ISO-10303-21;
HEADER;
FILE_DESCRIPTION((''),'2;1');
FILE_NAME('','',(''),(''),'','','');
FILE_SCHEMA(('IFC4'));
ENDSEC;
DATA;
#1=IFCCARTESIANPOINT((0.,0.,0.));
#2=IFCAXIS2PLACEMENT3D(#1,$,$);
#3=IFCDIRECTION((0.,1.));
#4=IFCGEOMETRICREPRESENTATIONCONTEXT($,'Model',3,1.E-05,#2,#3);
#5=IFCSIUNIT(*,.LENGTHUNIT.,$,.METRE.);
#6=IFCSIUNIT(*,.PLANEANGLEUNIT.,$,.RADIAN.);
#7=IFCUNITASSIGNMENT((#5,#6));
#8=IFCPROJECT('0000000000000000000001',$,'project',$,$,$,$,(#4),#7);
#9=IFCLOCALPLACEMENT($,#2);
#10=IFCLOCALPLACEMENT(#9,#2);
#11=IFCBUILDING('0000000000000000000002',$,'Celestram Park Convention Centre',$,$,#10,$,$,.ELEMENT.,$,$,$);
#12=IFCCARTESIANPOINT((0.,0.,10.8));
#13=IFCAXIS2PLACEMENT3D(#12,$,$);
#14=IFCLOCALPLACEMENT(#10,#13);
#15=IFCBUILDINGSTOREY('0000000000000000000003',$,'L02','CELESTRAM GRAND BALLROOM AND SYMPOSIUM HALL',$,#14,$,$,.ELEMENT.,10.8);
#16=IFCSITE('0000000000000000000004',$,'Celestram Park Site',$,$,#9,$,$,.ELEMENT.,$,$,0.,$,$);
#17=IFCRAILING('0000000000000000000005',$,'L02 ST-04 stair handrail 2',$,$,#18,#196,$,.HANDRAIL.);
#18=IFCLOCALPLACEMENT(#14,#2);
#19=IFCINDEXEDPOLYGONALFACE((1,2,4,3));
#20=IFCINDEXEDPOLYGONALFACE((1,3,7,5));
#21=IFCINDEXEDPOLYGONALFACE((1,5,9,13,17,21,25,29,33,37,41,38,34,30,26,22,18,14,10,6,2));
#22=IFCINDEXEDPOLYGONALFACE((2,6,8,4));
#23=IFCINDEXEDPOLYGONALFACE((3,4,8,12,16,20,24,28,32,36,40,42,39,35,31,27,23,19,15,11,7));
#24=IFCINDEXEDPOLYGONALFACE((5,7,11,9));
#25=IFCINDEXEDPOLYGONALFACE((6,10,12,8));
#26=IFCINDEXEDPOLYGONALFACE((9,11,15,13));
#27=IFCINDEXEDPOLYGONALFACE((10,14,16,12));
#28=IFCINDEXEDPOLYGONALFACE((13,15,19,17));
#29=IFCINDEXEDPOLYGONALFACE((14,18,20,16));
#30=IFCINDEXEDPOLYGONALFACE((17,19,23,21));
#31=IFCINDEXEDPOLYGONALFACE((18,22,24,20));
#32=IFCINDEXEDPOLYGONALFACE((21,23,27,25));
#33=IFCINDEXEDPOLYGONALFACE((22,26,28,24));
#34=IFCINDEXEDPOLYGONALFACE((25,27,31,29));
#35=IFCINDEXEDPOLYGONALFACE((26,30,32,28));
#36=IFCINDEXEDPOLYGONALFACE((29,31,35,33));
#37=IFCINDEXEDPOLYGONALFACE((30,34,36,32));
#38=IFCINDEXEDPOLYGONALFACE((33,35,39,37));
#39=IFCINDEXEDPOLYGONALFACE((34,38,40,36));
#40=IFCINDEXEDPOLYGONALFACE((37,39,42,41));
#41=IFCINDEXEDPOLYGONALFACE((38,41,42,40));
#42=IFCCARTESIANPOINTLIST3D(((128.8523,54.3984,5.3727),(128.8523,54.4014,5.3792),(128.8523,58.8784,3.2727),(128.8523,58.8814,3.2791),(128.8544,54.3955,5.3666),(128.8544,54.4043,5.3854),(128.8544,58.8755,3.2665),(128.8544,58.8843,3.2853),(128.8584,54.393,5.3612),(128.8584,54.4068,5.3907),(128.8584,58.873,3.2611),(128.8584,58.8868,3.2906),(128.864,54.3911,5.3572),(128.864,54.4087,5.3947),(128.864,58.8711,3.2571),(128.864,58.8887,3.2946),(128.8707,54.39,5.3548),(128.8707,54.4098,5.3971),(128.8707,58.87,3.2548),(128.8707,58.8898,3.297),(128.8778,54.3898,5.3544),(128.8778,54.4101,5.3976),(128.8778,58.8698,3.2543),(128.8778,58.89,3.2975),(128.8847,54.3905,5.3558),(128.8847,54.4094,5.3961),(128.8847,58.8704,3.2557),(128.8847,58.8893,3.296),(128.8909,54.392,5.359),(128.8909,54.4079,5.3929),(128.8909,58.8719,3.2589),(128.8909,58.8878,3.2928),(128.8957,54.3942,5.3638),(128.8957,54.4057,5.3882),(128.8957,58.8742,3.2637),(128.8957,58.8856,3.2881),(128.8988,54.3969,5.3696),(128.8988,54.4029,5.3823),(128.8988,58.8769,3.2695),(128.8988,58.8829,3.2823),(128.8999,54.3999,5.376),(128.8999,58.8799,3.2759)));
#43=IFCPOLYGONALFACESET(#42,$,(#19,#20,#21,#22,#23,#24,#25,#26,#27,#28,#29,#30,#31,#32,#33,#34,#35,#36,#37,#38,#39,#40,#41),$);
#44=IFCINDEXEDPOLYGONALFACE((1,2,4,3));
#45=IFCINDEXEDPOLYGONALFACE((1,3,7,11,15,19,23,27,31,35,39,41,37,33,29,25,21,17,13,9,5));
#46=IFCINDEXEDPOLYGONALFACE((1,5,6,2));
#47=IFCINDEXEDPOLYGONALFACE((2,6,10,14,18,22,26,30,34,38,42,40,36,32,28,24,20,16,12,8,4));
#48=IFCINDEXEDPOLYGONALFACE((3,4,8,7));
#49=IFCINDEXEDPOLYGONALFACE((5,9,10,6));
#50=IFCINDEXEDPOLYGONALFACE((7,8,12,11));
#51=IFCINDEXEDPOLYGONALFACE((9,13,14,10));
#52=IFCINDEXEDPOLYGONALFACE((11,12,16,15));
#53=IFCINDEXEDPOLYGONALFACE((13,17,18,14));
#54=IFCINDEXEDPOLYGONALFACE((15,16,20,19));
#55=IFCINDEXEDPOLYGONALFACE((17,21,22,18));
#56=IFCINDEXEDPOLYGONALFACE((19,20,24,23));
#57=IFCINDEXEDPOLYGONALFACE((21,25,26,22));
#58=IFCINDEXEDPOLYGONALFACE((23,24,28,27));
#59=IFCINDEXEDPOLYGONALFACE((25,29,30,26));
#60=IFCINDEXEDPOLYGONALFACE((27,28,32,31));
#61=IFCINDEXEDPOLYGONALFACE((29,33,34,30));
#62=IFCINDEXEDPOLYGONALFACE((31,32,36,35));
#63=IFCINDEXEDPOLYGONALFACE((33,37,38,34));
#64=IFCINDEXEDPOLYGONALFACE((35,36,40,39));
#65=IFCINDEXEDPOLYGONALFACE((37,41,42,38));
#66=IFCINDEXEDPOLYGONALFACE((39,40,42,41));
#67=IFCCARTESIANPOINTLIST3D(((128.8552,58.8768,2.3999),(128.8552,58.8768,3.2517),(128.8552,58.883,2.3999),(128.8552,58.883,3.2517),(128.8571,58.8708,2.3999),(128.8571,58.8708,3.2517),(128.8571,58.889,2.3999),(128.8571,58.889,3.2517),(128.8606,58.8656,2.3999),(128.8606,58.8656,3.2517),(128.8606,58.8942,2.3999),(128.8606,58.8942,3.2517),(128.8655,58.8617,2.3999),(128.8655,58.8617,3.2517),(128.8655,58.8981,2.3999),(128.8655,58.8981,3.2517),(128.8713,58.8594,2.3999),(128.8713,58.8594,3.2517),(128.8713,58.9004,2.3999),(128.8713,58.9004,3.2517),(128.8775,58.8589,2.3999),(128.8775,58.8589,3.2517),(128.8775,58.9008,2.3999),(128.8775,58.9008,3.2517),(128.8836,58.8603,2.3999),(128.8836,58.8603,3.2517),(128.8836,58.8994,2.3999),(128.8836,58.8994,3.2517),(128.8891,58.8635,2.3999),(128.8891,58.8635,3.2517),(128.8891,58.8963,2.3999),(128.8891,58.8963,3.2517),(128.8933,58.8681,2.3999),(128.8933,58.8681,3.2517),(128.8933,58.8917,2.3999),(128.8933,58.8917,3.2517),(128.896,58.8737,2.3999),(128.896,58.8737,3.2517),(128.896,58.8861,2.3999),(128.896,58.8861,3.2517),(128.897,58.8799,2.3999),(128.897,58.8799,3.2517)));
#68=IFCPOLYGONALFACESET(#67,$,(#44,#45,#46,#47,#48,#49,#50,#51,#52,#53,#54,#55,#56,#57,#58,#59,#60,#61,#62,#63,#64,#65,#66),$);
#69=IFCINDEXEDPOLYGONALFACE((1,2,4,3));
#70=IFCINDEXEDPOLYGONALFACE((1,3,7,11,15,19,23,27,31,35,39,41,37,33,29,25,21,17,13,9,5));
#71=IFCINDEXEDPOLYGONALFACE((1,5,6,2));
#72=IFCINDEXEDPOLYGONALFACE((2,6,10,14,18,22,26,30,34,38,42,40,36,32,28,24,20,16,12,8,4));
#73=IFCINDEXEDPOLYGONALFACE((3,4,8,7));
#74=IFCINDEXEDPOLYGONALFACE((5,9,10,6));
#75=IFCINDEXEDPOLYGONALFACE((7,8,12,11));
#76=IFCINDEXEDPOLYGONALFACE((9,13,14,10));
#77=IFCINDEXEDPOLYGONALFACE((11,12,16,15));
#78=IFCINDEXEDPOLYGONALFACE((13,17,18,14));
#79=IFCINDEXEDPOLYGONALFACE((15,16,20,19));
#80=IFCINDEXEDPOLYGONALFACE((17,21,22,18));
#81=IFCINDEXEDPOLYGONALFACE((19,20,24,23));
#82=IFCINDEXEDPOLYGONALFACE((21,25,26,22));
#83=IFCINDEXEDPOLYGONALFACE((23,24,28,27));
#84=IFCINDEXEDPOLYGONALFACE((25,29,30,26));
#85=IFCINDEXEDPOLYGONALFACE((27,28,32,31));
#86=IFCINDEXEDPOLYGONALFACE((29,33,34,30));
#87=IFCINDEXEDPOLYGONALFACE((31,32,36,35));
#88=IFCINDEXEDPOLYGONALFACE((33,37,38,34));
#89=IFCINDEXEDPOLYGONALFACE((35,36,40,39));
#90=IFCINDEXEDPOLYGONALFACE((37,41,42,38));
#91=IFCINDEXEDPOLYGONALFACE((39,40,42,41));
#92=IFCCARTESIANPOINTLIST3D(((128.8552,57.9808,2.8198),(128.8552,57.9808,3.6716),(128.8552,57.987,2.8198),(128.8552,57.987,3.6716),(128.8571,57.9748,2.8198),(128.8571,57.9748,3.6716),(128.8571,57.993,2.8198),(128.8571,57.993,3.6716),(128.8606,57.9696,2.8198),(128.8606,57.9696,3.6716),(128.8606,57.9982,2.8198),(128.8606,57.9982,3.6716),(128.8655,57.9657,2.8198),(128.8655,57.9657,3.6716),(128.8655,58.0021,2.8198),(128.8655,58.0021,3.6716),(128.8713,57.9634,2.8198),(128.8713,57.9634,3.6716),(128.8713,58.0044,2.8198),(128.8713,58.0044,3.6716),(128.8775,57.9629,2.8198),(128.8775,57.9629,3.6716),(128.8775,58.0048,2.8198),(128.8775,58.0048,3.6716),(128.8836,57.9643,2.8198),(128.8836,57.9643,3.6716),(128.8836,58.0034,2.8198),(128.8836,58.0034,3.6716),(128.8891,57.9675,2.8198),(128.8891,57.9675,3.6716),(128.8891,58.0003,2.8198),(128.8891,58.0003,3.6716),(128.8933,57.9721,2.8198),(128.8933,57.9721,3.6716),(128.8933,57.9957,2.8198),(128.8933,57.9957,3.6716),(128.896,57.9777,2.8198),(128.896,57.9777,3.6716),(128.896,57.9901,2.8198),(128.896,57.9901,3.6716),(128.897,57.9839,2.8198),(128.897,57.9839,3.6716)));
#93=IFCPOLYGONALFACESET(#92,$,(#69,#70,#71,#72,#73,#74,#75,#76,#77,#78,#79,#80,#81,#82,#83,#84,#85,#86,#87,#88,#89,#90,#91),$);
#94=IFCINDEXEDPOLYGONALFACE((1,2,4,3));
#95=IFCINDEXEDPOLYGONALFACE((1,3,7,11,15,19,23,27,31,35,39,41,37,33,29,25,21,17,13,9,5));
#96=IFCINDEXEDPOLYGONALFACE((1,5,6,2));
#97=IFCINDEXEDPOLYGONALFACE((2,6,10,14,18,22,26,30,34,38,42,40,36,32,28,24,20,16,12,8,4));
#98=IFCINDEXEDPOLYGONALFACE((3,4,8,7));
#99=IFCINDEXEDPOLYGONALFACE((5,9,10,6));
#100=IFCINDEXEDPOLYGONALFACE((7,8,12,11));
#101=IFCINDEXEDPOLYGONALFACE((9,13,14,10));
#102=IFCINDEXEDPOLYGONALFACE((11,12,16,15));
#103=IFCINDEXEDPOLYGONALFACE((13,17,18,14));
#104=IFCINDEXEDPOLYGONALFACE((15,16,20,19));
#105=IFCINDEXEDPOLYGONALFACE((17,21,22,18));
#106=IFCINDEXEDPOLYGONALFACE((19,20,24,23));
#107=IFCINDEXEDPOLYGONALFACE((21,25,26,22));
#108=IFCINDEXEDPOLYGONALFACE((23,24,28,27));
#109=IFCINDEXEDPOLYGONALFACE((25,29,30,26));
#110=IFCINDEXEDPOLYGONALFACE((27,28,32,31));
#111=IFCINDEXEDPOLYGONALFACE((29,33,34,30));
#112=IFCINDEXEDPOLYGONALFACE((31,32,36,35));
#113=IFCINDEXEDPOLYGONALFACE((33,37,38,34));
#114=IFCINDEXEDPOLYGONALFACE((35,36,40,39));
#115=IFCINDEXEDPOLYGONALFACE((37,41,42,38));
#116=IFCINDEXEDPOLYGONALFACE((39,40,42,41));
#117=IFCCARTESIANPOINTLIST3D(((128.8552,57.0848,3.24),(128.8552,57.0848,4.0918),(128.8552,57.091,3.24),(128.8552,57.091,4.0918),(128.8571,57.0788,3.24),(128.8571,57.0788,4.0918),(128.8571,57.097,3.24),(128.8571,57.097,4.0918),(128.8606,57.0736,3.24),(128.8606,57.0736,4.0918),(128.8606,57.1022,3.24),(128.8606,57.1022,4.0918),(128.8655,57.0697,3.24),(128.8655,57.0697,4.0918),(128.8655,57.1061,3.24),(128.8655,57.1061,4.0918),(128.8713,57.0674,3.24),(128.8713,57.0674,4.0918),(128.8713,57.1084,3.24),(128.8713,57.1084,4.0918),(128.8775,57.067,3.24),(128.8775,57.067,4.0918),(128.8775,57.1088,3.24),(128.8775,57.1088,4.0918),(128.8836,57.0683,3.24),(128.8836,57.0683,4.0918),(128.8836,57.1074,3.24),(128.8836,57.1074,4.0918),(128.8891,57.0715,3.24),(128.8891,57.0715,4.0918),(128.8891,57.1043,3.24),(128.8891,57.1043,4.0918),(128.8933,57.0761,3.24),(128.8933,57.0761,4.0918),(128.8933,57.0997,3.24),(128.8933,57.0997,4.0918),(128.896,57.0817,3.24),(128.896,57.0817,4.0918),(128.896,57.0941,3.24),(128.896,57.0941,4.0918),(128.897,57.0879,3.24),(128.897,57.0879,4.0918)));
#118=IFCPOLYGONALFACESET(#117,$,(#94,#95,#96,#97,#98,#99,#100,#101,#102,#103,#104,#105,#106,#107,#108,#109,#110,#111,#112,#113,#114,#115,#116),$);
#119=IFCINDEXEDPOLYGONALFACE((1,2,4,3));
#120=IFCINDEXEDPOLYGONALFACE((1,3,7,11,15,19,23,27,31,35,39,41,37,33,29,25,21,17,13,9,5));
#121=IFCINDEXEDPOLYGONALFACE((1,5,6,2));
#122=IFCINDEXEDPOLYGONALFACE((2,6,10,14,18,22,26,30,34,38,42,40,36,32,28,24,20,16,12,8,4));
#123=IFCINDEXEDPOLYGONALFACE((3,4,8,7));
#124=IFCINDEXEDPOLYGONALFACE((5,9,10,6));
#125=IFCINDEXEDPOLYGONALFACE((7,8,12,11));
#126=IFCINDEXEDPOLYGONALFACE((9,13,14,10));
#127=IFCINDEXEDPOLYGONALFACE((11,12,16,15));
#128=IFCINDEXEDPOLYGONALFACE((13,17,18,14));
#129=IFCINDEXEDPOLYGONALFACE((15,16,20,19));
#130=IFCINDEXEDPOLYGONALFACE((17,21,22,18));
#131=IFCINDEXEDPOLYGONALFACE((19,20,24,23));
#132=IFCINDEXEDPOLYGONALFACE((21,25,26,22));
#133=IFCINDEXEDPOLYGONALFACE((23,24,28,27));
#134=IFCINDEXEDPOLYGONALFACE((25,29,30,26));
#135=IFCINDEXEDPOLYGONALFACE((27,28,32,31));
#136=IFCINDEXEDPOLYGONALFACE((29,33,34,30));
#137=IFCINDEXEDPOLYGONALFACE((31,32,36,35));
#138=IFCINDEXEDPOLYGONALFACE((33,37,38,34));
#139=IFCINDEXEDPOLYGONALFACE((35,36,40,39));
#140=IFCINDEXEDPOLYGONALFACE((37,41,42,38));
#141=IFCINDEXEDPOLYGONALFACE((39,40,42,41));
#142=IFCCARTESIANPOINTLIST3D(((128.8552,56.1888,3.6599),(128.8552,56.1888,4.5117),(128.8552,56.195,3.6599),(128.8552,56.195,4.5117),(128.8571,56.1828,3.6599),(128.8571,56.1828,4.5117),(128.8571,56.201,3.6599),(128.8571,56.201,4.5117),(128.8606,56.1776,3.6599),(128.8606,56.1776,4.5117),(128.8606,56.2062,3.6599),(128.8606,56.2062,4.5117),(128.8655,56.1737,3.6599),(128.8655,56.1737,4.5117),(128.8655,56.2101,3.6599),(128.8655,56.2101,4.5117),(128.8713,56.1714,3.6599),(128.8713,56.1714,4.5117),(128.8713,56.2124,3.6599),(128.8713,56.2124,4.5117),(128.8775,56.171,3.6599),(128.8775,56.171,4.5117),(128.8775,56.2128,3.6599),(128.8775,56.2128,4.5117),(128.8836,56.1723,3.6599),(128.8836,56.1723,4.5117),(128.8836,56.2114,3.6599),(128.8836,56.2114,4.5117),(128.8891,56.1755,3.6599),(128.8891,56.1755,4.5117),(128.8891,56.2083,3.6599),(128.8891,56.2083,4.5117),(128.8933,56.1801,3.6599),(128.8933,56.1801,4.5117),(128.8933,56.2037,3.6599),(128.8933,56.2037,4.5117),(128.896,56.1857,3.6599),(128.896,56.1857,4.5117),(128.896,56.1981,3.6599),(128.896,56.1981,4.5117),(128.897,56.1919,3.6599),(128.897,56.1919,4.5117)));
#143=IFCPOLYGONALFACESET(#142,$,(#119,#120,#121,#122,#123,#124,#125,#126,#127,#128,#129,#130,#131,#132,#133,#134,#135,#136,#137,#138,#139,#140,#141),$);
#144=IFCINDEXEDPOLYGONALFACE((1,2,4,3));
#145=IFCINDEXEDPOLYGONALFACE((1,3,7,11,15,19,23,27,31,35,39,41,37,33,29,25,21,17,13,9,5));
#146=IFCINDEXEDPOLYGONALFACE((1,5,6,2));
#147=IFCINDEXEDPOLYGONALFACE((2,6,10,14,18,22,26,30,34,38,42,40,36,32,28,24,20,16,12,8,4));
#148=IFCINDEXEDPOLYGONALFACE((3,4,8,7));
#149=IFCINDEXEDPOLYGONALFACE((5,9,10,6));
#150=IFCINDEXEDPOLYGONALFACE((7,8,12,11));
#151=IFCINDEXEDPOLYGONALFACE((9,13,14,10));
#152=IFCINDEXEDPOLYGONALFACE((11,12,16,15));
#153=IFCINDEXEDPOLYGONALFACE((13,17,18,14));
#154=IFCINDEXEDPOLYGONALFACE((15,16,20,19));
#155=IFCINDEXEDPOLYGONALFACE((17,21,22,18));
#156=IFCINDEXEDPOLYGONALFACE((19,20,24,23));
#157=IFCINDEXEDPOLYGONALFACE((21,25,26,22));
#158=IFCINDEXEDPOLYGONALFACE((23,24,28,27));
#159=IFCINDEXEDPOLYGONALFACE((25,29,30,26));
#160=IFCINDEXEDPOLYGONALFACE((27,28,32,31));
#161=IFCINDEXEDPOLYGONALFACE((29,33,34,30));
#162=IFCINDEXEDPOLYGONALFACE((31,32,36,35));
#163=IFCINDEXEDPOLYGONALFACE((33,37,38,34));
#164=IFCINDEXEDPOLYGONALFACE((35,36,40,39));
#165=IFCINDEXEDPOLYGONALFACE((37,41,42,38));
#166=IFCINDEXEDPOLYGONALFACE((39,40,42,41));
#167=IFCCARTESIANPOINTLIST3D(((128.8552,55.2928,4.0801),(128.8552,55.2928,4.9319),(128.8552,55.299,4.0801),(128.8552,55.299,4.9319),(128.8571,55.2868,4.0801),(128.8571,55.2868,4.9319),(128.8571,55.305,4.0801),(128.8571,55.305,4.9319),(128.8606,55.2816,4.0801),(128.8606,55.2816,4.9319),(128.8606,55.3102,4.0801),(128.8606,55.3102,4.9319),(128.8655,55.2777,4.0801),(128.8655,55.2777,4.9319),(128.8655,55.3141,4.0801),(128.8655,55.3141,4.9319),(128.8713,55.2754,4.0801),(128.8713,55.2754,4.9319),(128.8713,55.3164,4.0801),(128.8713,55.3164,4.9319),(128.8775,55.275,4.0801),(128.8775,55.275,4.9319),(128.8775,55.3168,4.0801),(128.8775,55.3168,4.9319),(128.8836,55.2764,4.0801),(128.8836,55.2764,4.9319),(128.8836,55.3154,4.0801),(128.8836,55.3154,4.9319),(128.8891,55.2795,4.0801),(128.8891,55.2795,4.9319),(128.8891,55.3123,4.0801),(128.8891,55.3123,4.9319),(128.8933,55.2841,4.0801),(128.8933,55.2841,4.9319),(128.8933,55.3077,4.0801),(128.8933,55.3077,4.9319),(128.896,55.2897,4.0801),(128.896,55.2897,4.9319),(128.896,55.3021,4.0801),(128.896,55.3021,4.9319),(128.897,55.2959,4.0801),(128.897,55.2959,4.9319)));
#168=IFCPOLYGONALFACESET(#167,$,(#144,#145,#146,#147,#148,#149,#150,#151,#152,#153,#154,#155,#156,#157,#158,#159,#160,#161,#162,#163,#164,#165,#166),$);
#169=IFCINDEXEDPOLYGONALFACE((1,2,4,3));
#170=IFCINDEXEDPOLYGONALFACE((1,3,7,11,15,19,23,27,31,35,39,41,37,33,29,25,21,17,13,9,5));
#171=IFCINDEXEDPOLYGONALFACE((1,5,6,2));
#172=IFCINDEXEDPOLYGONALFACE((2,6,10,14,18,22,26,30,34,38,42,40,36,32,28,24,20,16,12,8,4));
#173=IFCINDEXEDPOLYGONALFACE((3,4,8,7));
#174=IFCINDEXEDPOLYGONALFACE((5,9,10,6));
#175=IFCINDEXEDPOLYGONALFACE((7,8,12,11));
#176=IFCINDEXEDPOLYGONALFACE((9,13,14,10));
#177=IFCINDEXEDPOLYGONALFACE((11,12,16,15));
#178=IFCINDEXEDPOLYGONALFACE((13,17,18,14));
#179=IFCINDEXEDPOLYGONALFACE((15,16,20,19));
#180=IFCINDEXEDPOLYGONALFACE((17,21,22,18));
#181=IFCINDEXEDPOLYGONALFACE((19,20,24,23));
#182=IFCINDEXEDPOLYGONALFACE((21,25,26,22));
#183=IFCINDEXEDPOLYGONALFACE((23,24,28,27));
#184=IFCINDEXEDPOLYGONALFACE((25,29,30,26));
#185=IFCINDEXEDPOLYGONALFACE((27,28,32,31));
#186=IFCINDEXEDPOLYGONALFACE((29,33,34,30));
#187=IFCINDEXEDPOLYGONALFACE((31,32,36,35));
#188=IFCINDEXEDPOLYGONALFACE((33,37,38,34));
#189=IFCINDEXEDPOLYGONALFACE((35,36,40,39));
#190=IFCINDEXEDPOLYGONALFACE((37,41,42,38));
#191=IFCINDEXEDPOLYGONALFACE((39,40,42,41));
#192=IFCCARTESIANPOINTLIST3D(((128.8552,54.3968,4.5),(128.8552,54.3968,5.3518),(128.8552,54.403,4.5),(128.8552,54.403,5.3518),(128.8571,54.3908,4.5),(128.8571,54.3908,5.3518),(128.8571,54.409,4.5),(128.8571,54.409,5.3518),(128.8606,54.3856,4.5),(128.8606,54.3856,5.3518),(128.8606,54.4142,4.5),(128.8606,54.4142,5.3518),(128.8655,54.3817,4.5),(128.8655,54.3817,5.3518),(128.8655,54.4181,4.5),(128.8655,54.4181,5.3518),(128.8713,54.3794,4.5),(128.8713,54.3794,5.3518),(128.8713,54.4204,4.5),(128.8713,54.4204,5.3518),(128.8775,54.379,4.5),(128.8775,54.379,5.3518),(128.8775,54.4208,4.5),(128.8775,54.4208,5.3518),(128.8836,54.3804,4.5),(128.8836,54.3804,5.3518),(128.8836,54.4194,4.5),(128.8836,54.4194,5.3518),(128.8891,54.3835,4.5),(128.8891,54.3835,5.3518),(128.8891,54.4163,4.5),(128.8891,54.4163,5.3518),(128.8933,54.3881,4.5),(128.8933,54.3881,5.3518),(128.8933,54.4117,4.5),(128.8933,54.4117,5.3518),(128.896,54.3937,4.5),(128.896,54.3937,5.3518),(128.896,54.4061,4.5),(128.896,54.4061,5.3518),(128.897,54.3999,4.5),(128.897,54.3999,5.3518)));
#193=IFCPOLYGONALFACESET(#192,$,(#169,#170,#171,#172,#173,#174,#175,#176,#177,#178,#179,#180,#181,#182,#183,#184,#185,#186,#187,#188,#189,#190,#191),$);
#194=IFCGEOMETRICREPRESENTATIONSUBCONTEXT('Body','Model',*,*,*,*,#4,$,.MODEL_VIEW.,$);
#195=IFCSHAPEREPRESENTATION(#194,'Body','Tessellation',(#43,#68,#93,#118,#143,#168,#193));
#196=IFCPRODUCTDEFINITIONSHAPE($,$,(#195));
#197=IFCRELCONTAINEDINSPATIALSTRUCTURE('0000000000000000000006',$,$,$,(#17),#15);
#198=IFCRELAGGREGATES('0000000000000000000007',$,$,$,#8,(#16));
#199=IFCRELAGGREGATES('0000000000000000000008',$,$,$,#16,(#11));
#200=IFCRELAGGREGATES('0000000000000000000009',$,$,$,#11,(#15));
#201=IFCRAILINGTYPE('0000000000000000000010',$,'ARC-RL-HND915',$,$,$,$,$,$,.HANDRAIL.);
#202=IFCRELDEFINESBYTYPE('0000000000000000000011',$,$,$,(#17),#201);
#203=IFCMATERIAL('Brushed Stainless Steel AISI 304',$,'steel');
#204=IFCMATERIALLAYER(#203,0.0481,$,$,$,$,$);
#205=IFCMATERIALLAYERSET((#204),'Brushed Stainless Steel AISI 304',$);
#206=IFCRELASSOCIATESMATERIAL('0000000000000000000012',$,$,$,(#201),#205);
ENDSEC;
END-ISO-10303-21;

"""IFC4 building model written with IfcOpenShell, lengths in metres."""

from ifc_helpers import new_model, si_unit, direction, frame, origin, origin_2d, place, context, subcontext, project, spatial, circle, extrude, material, layer, layer_set, type_object, element, save


model = new_model("IFC4")

# Units and contexts
model_context = context("Model", 3, precision=1e-05, world=origin(), true_north=direction((0.0, 1.0)))
body_context = subcontext(model_context, "Body", "Model", "MODEL_VIEW")
ifc_project = project(units=[si_unit("LENGTHUNIT", "METRE"), si_unit("PLANEANGLEUNIT", "RADIAN")], contexts=[model_context])

# Site, building, storey
site_placement = place(None, origin())
site = spatial("IfcSite", under=ifc_project, at=site_placement, Name="Celestram Park Site", CompositionType="ELEMENT", RefElevation=0.0)
building_placement = place(site_placement, origin())
building = spatial("IfcBuilding", under=site, at=building_placement, Name="Celestram Park Convention Centre", CompositionType="ELEMENT")
storey_placement = place(building_placement, frame((0.0, 0.0, 10.8)))
storey = spatial("IfcBuildingStorey", under=building, at=storey_placement, Name="L02", Description="CELESTRAM GRAND BALLROOM AND SYMPOSIUM HALL", CompositionType="ELEMENT", Elevation=10.8)

# Shared definitions
ifc_material_1 = material(Name="Brushed Stainless Steel AISI 304", Category="steel")

# Railing
ifc_layer_1 = layer(ifc_material_1, 0.0481)
ifc_layer_set_1 = layer_set([ifc_layer_1], Name="Brushed Stainless Steel AISI 304")
railing_type_1 = type_object("IfcRailingType", Name="ARC-RL-HND915", PredefinedType="HANDRAIL", material=ifc_layer_set_1)
railing_1_placement = place(storey_placement, frame((128.876, 58.8799, 2.3999)))
element("IfcRailing", 1, at=railing_1_placement, inside=storey, type_object=railing_type_1, Name="L02 ST-04 stair handrail 2", PredefinedType="HANDRAIL", context=body_context, shape_type="SweptSolid", body=[
    extrude(circle(Radius=0.0239, at=origin_2d()), frame((0.0, 0.0, 0.876), z_axis=(0.0, -0.905451, 0.424452), x_axis=(1.0, 0.0, 0.0)), (0.0, 0.0, 1.0), 4.9478),
    extrude(circle(Radius=0.021, at=origin_2d()), origin(), (0.0, 0.0, 1.0), 0.8518),
    extrude(circle(Radius=0.021, at=origin_2d()), frame((0.0, -0.896, 0.4199)), (0.0, 0.0, 1.0), 0.8518),
    extrude(circle(Radius=0.021, at=origin_2d()), frame((0.0, -1.792, 0.8401)), (0.0, 0.0, 1.0), 0.8518),
    extrude(circle(Radius=0.021, at=origin_2d()), frame((0.0, -2.688, 1.26)), (0.0, 0.0, 1.0), 0.8518),
    extrude(circle(Radius=0.021, at=origin_2d()), frame((0.0, -3.584, 1.6802)), (0.0, 0.0, 1.0), 0.8518),
    extrude(circle(Radius=0.021, at=origin_2d()), frame((0.0, -4.48, 2.1001)), (0.0, 0.0, 1.0), 0.8518),
])

save(model, "model.ifc")
